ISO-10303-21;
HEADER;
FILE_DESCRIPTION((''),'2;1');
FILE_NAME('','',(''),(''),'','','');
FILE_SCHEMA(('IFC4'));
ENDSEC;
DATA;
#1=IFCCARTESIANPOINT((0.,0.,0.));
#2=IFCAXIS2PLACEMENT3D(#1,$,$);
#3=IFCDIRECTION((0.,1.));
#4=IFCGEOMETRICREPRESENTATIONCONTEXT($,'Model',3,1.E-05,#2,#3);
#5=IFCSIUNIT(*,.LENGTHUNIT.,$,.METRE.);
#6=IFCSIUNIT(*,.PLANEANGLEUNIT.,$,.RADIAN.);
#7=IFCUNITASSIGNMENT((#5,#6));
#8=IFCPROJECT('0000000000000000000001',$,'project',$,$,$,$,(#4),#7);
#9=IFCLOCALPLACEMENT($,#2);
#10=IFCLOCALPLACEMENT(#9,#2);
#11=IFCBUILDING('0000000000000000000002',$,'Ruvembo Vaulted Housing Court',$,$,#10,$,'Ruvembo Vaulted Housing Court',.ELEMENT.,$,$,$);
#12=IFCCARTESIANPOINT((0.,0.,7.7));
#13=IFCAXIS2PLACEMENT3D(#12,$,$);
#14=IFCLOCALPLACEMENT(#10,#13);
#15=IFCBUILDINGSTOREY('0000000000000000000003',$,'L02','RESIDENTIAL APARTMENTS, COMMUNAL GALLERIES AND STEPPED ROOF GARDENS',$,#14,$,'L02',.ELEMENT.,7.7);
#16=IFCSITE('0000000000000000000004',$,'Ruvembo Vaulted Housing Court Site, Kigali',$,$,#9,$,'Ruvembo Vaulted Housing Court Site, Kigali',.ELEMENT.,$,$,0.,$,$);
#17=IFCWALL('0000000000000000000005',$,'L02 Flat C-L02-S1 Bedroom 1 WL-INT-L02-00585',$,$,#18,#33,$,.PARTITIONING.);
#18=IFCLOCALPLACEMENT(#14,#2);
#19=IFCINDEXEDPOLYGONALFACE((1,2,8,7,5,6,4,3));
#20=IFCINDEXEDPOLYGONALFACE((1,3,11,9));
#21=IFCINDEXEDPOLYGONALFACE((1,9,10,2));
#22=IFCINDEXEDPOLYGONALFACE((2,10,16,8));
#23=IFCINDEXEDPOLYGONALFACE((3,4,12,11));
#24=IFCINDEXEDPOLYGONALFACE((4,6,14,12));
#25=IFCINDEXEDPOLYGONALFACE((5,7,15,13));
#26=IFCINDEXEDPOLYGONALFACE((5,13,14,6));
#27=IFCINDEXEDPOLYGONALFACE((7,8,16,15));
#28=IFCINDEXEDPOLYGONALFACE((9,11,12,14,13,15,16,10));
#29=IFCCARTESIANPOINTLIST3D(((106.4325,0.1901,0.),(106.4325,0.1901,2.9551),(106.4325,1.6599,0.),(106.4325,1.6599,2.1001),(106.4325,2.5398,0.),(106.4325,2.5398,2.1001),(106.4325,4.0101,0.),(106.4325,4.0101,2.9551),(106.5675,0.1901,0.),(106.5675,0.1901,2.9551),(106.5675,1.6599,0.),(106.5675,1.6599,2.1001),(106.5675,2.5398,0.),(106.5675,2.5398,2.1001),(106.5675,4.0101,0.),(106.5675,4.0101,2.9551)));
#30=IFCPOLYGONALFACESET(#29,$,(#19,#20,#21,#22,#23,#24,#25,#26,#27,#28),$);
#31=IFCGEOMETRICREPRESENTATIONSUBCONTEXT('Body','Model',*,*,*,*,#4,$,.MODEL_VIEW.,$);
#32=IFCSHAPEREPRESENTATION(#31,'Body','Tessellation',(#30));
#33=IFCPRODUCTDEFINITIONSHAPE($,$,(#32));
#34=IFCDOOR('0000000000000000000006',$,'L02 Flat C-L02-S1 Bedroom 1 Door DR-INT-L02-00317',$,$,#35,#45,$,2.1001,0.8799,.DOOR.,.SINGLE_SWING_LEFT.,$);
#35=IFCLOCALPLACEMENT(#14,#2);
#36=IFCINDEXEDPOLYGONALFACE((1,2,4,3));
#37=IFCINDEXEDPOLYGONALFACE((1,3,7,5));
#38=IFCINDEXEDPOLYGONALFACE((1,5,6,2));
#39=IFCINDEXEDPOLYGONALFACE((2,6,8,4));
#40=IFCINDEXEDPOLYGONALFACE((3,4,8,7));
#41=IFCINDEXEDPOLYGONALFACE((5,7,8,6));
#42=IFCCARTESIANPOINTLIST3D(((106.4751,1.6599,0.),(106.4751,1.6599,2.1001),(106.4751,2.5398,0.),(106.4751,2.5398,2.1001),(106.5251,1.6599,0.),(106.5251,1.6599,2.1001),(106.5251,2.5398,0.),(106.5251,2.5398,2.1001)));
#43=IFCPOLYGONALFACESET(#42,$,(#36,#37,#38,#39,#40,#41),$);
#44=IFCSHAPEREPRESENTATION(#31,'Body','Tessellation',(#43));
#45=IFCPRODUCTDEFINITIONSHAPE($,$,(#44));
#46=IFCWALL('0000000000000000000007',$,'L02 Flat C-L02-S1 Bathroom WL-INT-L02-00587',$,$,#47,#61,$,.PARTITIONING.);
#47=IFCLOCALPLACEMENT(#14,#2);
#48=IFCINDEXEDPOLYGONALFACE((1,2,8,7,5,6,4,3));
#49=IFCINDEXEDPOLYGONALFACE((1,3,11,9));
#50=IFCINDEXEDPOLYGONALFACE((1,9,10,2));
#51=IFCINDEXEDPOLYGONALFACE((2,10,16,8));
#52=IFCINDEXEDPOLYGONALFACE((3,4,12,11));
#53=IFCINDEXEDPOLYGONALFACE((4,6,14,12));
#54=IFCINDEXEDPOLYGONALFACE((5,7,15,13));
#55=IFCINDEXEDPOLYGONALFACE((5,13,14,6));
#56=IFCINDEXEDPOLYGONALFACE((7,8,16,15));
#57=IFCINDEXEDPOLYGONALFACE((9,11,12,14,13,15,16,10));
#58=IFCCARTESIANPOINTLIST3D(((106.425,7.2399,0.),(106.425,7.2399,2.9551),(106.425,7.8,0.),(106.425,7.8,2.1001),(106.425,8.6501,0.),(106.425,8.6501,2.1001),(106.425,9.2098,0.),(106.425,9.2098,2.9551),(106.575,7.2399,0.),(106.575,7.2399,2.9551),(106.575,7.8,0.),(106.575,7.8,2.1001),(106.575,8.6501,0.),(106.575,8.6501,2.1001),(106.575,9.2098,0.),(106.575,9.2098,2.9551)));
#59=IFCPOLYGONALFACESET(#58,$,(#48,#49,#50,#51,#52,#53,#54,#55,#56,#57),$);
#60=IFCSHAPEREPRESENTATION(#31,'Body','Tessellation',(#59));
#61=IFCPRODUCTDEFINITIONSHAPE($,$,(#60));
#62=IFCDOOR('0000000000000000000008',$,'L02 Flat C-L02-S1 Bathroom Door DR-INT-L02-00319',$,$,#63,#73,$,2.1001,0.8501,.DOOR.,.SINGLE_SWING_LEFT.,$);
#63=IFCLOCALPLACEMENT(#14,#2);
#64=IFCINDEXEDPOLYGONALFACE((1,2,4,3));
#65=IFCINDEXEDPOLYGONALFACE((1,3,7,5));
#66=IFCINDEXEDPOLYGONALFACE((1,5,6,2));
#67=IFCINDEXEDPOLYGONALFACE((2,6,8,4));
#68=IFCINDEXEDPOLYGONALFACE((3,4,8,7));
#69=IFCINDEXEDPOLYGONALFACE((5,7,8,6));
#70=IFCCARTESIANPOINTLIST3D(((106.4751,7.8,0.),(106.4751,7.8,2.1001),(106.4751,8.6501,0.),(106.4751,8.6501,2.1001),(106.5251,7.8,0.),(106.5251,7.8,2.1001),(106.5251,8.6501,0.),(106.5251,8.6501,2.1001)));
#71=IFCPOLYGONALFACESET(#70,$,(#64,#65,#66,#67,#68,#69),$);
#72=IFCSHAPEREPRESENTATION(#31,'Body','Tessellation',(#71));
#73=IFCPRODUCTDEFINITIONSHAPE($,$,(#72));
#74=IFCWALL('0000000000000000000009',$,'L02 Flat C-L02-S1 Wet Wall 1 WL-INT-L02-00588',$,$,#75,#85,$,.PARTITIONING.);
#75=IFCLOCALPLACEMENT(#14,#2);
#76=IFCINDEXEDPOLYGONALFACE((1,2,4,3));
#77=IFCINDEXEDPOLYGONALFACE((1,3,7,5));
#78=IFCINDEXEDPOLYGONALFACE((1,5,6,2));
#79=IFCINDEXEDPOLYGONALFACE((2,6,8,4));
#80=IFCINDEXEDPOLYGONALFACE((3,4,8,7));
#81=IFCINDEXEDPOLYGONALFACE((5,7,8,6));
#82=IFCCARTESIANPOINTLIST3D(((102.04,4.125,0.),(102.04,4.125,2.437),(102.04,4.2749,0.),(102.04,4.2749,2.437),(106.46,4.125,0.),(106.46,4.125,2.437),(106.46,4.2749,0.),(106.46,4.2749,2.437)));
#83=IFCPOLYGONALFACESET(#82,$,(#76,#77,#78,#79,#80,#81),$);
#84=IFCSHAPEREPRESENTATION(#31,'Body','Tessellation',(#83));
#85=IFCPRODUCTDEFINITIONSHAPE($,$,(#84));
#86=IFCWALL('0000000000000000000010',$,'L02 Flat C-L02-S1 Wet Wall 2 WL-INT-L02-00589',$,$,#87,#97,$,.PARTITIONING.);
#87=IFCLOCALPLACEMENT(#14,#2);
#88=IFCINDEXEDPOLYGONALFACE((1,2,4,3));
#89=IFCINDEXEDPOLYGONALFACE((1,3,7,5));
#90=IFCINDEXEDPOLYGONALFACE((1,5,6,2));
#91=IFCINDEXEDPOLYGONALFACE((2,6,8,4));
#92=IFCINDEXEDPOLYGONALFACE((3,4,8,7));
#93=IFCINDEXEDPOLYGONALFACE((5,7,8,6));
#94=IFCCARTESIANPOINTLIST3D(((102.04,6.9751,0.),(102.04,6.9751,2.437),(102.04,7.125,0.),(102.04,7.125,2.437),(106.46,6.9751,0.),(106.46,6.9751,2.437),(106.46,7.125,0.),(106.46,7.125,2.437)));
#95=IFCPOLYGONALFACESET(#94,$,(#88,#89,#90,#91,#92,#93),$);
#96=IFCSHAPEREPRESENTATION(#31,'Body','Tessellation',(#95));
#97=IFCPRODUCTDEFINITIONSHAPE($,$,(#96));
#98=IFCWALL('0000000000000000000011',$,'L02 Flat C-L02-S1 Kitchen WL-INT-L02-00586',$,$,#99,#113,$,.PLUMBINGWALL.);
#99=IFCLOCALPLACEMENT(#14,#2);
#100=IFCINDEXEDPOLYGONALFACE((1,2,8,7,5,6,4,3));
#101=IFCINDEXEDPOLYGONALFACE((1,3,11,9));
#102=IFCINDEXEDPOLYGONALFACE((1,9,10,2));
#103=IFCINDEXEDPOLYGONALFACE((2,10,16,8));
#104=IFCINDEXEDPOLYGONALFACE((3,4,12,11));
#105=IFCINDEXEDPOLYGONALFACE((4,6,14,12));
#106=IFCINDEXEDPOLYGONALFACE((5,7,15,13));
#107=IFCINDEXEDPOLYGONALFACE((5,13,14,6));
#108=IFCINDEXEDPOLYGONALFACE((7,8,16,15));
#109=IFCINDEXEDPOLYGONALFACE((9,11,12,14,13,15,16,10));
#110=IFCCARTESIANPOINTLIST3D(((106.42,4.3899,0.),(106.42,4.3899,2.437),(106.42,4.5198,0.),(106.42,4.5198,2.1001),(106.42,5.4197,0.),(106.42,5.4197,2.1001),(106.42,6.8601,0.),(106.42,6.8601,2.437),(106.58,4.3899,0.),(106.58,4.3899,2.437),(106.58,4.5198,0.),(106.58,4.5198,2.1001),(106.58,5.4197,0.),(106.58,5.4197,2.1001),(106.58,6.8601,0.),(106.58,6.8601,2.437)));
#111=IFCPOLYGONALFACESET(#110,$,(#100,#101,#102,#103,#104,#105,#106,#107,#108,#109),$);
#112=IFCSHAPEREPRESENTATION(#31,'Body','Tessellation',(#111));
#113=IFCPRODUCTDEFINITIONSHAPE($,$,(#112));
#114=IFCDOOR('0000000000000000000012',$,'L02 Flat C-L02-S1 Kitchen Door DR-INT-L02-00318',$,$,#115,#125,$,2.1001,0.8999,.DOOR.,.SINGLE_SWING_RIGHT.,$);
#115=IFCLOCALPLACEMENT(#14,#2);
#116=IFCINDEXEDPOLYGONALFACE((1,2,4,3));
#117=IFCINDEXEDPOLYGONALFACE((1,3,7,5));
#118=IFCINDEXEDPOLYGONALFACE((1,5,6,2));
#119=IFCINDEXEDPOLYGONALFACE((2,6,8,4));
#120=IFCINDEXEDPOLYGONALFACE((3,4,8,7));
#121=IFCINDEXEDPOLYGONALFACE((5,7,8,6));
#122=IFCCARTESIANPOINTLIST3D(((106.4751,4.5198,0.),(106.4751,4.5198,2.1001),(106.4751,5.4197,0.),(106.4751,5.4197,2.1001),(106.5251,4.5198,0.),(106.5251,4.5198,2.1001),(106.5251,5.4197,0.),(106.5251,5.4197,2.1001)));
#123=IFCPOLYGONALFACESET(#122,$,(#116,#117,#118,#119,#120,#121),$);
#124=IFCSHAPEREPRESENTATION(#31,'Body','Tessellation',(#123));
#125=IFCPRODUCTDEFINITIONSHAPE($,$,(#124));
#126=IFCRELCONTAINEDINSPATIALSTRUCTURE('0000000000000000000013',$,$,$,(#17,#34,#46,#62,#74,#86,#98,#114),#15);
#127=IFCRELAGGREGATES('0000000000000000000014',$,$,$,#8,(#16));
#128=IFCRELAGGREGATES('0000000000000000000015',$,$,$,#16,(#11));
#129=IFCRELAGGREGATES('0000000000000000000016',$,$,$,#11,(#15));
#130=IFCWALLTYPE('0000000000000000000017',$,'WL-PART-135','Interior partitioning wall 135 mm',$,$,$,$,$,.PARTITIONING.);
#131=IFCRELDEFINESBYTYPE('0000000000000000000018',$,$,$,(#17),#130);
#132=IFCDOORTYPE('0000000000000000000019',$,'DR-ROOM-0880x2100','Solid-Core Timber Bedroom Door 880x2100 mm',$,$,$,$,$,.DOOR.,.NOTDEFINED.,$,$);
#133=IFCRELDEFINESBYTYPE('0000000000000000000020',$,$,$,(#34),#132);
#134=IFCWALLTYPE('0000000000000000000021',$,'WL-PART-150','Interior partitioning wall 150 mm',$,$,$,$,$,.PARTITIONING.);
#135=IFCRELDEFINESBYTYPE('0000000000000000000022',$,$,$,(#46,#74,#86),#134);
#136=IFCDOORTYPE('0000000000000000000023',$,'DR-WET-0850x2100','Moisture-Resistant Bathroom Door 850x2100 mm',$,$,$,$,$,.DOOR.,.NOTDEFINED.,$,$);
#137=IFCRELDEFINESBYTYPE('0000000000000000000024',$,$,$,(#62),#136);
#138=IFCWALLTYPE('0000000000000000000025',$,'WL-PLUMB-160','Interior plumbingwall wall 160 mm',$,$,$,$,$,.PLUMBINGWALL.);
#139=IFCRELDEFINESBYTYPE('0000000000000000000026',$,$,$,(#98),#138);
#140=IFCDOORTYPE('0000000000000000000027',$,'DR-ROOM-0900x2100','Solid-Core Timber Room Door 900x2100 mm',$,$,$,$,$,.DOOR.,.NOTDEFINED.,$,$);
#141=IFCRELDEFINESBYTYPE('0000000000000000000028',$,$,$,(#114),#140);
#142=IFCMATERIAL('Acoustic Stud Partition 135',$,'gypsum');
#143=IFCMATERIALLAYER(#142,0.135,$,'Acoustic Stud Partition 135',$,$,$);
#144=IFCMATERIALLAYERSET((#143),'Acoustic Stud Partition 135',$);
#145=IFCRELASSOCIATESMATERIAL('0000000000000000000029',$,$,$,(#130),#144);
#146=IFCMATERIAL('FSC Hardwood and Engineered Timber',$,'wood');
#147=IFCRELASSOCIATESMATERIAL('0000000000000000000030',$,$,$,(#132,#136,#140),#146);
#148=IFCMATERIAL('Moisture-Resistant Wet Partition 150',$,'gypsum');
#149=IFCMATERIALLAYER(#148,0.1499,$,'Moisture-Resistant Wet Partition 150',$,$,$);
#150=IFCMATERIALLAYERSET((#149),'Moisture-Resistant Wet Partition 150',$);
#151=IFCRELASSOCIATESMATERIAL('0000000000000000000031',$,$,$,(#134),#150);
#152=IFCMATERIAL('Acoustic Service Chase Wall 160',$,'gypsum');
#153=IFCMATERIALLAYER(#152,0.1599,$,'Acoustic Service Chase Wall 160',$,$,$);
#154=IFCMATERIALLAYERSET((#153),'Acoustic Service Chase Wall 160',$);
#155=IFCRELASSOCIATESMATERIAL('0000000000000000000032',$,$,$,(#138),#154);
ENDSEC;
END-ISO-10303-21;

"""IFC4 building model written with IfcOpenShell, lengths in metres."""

from ifc_helpers import new_model, si_unit, direction, frame, frame_2d, origin, place, context, subcontext, project, spatial, rectangle, extrude, material, layer, layer_set, type_object, element, fill, save


model = new_model("IFC4")

# Units and contexts
model_context = context("Model", 3, precision=1e-05, world=origin(), true_north=direction((0.0, 1.0)))
body_context = subcontext(model_context, "Body", "Model", "MODEL_VIEW")
ifc_project = project(units=[si_unit("LENGTHUNIT", "METRE"), si_unit("PLANEANGLEUNIT", "RADIAN")], contexts=[model_context])

# Site, building, storey
site_placement = place(None, origin())
site = spatial("IfcSite", under=ifc_project, at=site_placement, Name="Ruvembo Vaulted Housing Court Site, Kigali", LongName="Ruvembo Vaulted Housing Court Site, Kigali", CompositionType="ELEMENT", RefElevation=0.0)
building_placement = place(site_placement, origin())
building = spatial("IfcBuilding", under=site, at=building_placement, Name="Ruvembo Vaulted Housing Court", LongName="Ruvembo Vaulted Housing Court", CompositionType="ELEMENT")
storey_placement = place(building_placement, frame((0.0, 0.0, 7.7)))
storey = spatial("IfcBuildingStorey", under=building, at=storey_placement, Name="L02", Description="RESIDENTIAL APARTMENTS, COMMUNAL GALLERIES AND STEPPED ROOF GARDENS", LongName="L02", CompositionType="ELEMENT", Elevation=7.7)

# Walls, openings, doors
ifc_material_1 = material(Name="Acoustic Stud Partition 135", Category="gypsum")
ifc_layer_1 = layer(ifc_material_1, 0.135, Name="Acoustic Stud Partition 135")
ifc_layer_set_1 = layer_set([ifc_layer_1], Name="Acoustic Stud Partition 135")
wall_type_1 = type_object("IfcWallType", Name="WL-PART-135", Description="Interior partitioning wall 135 mm", PredefinedType="PARTITIONING", material=ifc_layer_set_1)
wall_1_placement = place(storey_placement, frame((106.5, 0.1899, 0.0), z_axis=(0.0, 0.0, 1.0), x_axis=(0.0, 1.0, 0.0)))
wall_1 = element("IfcWall", 1, at=wall_1_placement, inside=storey, type_object=wall_type_1, Name="L02 Flat C-L02-S1 Bedroom 1 WL-INT-L02-00585", PredefinedType="PARTITIONING", context=body_context, shape_type="SweptSolid", body=[
    extrude(rectangle(XDim=3.8201, YDim=0.135, at=frame_2d((1.9102, 0.0))), origin(), (0.0, 0.0, 1.0), 2.9551),
])
opening_1_placement = place(wall_1_placement, frame((1.47, 0.0, 0.0)))
opening_1 = element("IfcOpeningElement", 2, at=opening_1_placement, cuts=wall_1, PredefinedType="OPENING", context=body_context, shape_type="SweptSolid", body=[
    extrude(rectangle(XDim=0.8799, YDim=2.1001, at=frame_2d((0.4399, 1.05))), frame((0.0, 0.0774, 0.0), z_axis=(0.0, -1.0, 0.0), x_axis=(1.0, 0.0, 0.0)), (0.0, 0.0, 1.0), 0.155),
])
ifc_material_2 = material(Name="FSC Hardwood and Engineered Timber", Category="wood")
door_type_1 = type_object("IfcDoorType", Name="DR-ROOM-0880x2100", Description="Solid-Core Timber Bedroom Door 880x2100 mm", OperationType="NOTDEFINED", PredefinedType="DOOR", material=ifc_material_2)
door_1_placement = place(opening_1_placement, origin())
door_1 = element("IfcDoor", 3, at=door_1_placement, inside=storey, type_object=door_type_1, Name="L02 Flat C-L02-S1 Bedroom 1 Door DR-INT-L02-00317", OperationType="SINGLE_SWING_LEFT", OverallHeight=2.1001, OverallWidth=0.8799, PredefinedType="DOOR", context=body_context, shape_type="SweptSolid", body=[
    extrude(rectangle(XDim=0.8799, YDim=2.1001, at=frame_2d((0.4399, 1.05))), frame((0.0, 0.0249, 0.0), z_axis=(0.0, -1.0, 0.0), x_axis=(1.0, 0.0, 0.0)), (0.0, 0.0, 1.0), 0.05),
])
fill(opening_1, door_1)
ifc_material_3 = material(Name="Moisture-Resistant Wet Partition 150", Category="gypsum")
ifc_layer_2 = layer(ifc_material_3, 0.1499, Name="Moisture-Resistant Wet Partition 150")
ifc_layer_set_2 = layer_set([ifc_layer_2], Name="Moisture-Resistant Wet Partition 150")
wall_type_2 = type_object("IfcWallType", Name="WL-PART-150", Description="Interior partitioning wall 150 mm", PredefinedType="PARTITIONING", material=ifc_layer_set_2)
wall_2_placement = place(storey_placement, frame((106.5, 7.24, 0.0), z_axis=(0.0, 0.0, 1.0), x_axis=(0.0, 1.0, 0.0)))
wall_2 = element("IfcWall", 4, at=wall_2_placement, inside=storey, type_object=wall_type_2, Name="L02 Flat C-L02-S1 Bathroom WL-INT-L02-00587", PredefinedType="PARTITIONING", context=body_context, shape_type="SweptSolid", body=[
    extrude(rectangle(XDim=1.97, YDim=0.1499, at=frame_2d((0.9849, 0.0))), origin(), (0.0, 0.0, 1.0), 2.9551),
])
opening_2_placement = place(wall_2_placement, frame((0.5601, 0.0, 0.0)))
opening_2 = element("IfcOpeningElement", 5, at=opening_2_placement, cuts=wall_2, PredefinedType="OPENING", context=body_context, shape_type="SweptSolid", body=[
    extrude(rectangle(XDim=0.8501, YDim=2.1001, at=frame_2d((0.425, 1.05))), frame((0.0, 0.085, 0.0), z_axis=(0.0, -1.0, 0.0), x_axis=(1.0, 0.0, 0.0)), (0.0, 0.0, 1.0), 0.1699),
])
door_type_2 = type_object("IfcDoorType", Name="DR-WET-0850x2100", Description="Moisture-Resistant Bathroom Door 850x2100 mm", OperationType="NOTDEFINED", PredefinedType="DOOR", material=ifc_material_2)
door_2_placement = place(opening_2_placement, origin())
door_2 = element("IfcDoor", 6, at=door_2_placement, inside=storey, type_object=door_type_2, Name="L02 Flat C-L02-S1 Bathroom Door DR-INT-L02-00319", OperationType="SINGLE_SWING_LEFT", OverallHeight=2.1001, OverallWidth=0.8501, PredefinedType="DOOR", context=body_context, shape_type="SweptSolid", body=[
    extrude(rectangle(XDim=0.8501, YDim=2.1001, at=frame_2d((0.425, 1.05))), frame((0.0, 0.0249, 0.0), z_axis=(0.0, -1.0, 0.0), x_axis=(1.0, 0.0, 0.0)), (0.0, 0.0, 1.0), 0.05),
])
fill(opening_2, door_2)

# Walls
for number, where, z_axis, x_axis, name in (
    (7, (102.04, 4.2, 0.0), (0.0, 0.0, 1.0), (1.0, 0.0, 0.0), "L02 Flat C-L02-S1 Wet Wall 1 WL-INT-L02-00588"),
    (8, (102.04, 7.05, 0.0), (0.0, 0.0, 1.0), (1.0, 0.0, 0.0), "L02 Flat C-L02-S1 Wet Wall 2 WL-INT-L02-00589"),
):
    element("IfcWall", number, at=place(storey_placement, frame(where, z_axis=z_axis, x_axis=x_axis)), inside=storey, type_object=wall_type_2, Name=name, PredefinedType="PARTITIONING", context=body_context, shape_type="SweptSolid", body=[
        extrude(rectangle(XDim=4.4199, YDim=0.1499, at=frame_2d((2.21, 0.0))), origin(), (0.0, 0.0, 1.0), 2.437),
    ])

# Wall, opening, door
ifc_material_4 = material(Name="Acoustic Service Chase Wall 160", Category="gypsum")
ifc_layer_3 = layer(ifc_material_4, 0.1599, Name="Acoustic Service Chase Wall 160")
ifc_layer_set_3 = layer_set([ifc_layer_3], Name="Acoustic Service Chase Wall 160")
wall_type_3 = type_object("IfcWallType", Name="WL-PLUMB-160", Description="Interior plumbingwall wall 160 mm", PredefinedType="PLUMBINGWALL", material=ifc_layer_set_3)
wall_3_placement = place(storey_placement, frame((106.5, 4.3899, 0.0), z_axis=(0.0, 0.0, 1.0), x_axis=(0.0, 1.0, 0.0)))
wall_3 = element("IfcWall", 9, at=wall_3_placement, inside=storey, type_object=wall_type_3, Name="L02 Flat C-L02-S1 Kitchen WL-INT-L02-00586", PredefinedType="PLUMBINGWALL", context=body_context, shape_type="SweptSolid", body=[
    extrude(rectangle(XDim=2.4702, YDim=0.1599, at=frame_2d((1.2351, 0.0))), origin(), (0.0, 0.0, 1.0), 2.437),
])
opening_3_placement = place(wall_3_placement, frame((0.1299, 0.0, 0.0)))
opening_3 = element("IfcOpeningElement", 10, at=opening_3_placement, cuts=wall_3, PredefinedType="OPENING", context=body_context, shape_type="SweptSolid", body=[
    extrude(rectangle(XDim=0.8999, YDim=2.1001, at=frame_2d((0.45, 1.05))), frame((0.0, 0.0898, 0.0), z_axis=(0.0, -1.0, 0.0), x_axis=(1.0, 0.0, 0.0)), (0.0, 0.0, 1.0), 0.1799),
])
door_type_3 = type_object("IfcDoorType", Name="DR-ROOM-0900x2100", Description="Solid-Core Timber Room Door 900x2100 mm", OperationType="NOTDEFINED", PredefinedType="DOOR", material=ifc_material_2)
door_3_placement = place(opening_3_placement, origin())
door_3 = element("IfcDoor", 11, at=door_3_placement, inside=storey, type_object=door_type_3, Name="L02 Flat C-L02-S1 Kitchen Door DR-INT-L02-00318", OperationType="SINGLE_SWING_RIGHT", OverallHeight=2.1001, OverallWidth=0.8999, PredefinedType="DOOR", context=body_context, shape_type="SweptSolid", body=[
    extrude(rectangle(XDim=0.8999, YDim=2.1001, at=frame_2d((0.45, 1.05))), frame((0.0, 0.0249, 0.0), z_axis=(0.0, -1.0, 0.0), x_axis=(1.0, 0.0, 0.0)), (0.0, 0.0, 1.0), 0.05),
])
fill(opening_3, door_3)

save(model, "model.ifc")
